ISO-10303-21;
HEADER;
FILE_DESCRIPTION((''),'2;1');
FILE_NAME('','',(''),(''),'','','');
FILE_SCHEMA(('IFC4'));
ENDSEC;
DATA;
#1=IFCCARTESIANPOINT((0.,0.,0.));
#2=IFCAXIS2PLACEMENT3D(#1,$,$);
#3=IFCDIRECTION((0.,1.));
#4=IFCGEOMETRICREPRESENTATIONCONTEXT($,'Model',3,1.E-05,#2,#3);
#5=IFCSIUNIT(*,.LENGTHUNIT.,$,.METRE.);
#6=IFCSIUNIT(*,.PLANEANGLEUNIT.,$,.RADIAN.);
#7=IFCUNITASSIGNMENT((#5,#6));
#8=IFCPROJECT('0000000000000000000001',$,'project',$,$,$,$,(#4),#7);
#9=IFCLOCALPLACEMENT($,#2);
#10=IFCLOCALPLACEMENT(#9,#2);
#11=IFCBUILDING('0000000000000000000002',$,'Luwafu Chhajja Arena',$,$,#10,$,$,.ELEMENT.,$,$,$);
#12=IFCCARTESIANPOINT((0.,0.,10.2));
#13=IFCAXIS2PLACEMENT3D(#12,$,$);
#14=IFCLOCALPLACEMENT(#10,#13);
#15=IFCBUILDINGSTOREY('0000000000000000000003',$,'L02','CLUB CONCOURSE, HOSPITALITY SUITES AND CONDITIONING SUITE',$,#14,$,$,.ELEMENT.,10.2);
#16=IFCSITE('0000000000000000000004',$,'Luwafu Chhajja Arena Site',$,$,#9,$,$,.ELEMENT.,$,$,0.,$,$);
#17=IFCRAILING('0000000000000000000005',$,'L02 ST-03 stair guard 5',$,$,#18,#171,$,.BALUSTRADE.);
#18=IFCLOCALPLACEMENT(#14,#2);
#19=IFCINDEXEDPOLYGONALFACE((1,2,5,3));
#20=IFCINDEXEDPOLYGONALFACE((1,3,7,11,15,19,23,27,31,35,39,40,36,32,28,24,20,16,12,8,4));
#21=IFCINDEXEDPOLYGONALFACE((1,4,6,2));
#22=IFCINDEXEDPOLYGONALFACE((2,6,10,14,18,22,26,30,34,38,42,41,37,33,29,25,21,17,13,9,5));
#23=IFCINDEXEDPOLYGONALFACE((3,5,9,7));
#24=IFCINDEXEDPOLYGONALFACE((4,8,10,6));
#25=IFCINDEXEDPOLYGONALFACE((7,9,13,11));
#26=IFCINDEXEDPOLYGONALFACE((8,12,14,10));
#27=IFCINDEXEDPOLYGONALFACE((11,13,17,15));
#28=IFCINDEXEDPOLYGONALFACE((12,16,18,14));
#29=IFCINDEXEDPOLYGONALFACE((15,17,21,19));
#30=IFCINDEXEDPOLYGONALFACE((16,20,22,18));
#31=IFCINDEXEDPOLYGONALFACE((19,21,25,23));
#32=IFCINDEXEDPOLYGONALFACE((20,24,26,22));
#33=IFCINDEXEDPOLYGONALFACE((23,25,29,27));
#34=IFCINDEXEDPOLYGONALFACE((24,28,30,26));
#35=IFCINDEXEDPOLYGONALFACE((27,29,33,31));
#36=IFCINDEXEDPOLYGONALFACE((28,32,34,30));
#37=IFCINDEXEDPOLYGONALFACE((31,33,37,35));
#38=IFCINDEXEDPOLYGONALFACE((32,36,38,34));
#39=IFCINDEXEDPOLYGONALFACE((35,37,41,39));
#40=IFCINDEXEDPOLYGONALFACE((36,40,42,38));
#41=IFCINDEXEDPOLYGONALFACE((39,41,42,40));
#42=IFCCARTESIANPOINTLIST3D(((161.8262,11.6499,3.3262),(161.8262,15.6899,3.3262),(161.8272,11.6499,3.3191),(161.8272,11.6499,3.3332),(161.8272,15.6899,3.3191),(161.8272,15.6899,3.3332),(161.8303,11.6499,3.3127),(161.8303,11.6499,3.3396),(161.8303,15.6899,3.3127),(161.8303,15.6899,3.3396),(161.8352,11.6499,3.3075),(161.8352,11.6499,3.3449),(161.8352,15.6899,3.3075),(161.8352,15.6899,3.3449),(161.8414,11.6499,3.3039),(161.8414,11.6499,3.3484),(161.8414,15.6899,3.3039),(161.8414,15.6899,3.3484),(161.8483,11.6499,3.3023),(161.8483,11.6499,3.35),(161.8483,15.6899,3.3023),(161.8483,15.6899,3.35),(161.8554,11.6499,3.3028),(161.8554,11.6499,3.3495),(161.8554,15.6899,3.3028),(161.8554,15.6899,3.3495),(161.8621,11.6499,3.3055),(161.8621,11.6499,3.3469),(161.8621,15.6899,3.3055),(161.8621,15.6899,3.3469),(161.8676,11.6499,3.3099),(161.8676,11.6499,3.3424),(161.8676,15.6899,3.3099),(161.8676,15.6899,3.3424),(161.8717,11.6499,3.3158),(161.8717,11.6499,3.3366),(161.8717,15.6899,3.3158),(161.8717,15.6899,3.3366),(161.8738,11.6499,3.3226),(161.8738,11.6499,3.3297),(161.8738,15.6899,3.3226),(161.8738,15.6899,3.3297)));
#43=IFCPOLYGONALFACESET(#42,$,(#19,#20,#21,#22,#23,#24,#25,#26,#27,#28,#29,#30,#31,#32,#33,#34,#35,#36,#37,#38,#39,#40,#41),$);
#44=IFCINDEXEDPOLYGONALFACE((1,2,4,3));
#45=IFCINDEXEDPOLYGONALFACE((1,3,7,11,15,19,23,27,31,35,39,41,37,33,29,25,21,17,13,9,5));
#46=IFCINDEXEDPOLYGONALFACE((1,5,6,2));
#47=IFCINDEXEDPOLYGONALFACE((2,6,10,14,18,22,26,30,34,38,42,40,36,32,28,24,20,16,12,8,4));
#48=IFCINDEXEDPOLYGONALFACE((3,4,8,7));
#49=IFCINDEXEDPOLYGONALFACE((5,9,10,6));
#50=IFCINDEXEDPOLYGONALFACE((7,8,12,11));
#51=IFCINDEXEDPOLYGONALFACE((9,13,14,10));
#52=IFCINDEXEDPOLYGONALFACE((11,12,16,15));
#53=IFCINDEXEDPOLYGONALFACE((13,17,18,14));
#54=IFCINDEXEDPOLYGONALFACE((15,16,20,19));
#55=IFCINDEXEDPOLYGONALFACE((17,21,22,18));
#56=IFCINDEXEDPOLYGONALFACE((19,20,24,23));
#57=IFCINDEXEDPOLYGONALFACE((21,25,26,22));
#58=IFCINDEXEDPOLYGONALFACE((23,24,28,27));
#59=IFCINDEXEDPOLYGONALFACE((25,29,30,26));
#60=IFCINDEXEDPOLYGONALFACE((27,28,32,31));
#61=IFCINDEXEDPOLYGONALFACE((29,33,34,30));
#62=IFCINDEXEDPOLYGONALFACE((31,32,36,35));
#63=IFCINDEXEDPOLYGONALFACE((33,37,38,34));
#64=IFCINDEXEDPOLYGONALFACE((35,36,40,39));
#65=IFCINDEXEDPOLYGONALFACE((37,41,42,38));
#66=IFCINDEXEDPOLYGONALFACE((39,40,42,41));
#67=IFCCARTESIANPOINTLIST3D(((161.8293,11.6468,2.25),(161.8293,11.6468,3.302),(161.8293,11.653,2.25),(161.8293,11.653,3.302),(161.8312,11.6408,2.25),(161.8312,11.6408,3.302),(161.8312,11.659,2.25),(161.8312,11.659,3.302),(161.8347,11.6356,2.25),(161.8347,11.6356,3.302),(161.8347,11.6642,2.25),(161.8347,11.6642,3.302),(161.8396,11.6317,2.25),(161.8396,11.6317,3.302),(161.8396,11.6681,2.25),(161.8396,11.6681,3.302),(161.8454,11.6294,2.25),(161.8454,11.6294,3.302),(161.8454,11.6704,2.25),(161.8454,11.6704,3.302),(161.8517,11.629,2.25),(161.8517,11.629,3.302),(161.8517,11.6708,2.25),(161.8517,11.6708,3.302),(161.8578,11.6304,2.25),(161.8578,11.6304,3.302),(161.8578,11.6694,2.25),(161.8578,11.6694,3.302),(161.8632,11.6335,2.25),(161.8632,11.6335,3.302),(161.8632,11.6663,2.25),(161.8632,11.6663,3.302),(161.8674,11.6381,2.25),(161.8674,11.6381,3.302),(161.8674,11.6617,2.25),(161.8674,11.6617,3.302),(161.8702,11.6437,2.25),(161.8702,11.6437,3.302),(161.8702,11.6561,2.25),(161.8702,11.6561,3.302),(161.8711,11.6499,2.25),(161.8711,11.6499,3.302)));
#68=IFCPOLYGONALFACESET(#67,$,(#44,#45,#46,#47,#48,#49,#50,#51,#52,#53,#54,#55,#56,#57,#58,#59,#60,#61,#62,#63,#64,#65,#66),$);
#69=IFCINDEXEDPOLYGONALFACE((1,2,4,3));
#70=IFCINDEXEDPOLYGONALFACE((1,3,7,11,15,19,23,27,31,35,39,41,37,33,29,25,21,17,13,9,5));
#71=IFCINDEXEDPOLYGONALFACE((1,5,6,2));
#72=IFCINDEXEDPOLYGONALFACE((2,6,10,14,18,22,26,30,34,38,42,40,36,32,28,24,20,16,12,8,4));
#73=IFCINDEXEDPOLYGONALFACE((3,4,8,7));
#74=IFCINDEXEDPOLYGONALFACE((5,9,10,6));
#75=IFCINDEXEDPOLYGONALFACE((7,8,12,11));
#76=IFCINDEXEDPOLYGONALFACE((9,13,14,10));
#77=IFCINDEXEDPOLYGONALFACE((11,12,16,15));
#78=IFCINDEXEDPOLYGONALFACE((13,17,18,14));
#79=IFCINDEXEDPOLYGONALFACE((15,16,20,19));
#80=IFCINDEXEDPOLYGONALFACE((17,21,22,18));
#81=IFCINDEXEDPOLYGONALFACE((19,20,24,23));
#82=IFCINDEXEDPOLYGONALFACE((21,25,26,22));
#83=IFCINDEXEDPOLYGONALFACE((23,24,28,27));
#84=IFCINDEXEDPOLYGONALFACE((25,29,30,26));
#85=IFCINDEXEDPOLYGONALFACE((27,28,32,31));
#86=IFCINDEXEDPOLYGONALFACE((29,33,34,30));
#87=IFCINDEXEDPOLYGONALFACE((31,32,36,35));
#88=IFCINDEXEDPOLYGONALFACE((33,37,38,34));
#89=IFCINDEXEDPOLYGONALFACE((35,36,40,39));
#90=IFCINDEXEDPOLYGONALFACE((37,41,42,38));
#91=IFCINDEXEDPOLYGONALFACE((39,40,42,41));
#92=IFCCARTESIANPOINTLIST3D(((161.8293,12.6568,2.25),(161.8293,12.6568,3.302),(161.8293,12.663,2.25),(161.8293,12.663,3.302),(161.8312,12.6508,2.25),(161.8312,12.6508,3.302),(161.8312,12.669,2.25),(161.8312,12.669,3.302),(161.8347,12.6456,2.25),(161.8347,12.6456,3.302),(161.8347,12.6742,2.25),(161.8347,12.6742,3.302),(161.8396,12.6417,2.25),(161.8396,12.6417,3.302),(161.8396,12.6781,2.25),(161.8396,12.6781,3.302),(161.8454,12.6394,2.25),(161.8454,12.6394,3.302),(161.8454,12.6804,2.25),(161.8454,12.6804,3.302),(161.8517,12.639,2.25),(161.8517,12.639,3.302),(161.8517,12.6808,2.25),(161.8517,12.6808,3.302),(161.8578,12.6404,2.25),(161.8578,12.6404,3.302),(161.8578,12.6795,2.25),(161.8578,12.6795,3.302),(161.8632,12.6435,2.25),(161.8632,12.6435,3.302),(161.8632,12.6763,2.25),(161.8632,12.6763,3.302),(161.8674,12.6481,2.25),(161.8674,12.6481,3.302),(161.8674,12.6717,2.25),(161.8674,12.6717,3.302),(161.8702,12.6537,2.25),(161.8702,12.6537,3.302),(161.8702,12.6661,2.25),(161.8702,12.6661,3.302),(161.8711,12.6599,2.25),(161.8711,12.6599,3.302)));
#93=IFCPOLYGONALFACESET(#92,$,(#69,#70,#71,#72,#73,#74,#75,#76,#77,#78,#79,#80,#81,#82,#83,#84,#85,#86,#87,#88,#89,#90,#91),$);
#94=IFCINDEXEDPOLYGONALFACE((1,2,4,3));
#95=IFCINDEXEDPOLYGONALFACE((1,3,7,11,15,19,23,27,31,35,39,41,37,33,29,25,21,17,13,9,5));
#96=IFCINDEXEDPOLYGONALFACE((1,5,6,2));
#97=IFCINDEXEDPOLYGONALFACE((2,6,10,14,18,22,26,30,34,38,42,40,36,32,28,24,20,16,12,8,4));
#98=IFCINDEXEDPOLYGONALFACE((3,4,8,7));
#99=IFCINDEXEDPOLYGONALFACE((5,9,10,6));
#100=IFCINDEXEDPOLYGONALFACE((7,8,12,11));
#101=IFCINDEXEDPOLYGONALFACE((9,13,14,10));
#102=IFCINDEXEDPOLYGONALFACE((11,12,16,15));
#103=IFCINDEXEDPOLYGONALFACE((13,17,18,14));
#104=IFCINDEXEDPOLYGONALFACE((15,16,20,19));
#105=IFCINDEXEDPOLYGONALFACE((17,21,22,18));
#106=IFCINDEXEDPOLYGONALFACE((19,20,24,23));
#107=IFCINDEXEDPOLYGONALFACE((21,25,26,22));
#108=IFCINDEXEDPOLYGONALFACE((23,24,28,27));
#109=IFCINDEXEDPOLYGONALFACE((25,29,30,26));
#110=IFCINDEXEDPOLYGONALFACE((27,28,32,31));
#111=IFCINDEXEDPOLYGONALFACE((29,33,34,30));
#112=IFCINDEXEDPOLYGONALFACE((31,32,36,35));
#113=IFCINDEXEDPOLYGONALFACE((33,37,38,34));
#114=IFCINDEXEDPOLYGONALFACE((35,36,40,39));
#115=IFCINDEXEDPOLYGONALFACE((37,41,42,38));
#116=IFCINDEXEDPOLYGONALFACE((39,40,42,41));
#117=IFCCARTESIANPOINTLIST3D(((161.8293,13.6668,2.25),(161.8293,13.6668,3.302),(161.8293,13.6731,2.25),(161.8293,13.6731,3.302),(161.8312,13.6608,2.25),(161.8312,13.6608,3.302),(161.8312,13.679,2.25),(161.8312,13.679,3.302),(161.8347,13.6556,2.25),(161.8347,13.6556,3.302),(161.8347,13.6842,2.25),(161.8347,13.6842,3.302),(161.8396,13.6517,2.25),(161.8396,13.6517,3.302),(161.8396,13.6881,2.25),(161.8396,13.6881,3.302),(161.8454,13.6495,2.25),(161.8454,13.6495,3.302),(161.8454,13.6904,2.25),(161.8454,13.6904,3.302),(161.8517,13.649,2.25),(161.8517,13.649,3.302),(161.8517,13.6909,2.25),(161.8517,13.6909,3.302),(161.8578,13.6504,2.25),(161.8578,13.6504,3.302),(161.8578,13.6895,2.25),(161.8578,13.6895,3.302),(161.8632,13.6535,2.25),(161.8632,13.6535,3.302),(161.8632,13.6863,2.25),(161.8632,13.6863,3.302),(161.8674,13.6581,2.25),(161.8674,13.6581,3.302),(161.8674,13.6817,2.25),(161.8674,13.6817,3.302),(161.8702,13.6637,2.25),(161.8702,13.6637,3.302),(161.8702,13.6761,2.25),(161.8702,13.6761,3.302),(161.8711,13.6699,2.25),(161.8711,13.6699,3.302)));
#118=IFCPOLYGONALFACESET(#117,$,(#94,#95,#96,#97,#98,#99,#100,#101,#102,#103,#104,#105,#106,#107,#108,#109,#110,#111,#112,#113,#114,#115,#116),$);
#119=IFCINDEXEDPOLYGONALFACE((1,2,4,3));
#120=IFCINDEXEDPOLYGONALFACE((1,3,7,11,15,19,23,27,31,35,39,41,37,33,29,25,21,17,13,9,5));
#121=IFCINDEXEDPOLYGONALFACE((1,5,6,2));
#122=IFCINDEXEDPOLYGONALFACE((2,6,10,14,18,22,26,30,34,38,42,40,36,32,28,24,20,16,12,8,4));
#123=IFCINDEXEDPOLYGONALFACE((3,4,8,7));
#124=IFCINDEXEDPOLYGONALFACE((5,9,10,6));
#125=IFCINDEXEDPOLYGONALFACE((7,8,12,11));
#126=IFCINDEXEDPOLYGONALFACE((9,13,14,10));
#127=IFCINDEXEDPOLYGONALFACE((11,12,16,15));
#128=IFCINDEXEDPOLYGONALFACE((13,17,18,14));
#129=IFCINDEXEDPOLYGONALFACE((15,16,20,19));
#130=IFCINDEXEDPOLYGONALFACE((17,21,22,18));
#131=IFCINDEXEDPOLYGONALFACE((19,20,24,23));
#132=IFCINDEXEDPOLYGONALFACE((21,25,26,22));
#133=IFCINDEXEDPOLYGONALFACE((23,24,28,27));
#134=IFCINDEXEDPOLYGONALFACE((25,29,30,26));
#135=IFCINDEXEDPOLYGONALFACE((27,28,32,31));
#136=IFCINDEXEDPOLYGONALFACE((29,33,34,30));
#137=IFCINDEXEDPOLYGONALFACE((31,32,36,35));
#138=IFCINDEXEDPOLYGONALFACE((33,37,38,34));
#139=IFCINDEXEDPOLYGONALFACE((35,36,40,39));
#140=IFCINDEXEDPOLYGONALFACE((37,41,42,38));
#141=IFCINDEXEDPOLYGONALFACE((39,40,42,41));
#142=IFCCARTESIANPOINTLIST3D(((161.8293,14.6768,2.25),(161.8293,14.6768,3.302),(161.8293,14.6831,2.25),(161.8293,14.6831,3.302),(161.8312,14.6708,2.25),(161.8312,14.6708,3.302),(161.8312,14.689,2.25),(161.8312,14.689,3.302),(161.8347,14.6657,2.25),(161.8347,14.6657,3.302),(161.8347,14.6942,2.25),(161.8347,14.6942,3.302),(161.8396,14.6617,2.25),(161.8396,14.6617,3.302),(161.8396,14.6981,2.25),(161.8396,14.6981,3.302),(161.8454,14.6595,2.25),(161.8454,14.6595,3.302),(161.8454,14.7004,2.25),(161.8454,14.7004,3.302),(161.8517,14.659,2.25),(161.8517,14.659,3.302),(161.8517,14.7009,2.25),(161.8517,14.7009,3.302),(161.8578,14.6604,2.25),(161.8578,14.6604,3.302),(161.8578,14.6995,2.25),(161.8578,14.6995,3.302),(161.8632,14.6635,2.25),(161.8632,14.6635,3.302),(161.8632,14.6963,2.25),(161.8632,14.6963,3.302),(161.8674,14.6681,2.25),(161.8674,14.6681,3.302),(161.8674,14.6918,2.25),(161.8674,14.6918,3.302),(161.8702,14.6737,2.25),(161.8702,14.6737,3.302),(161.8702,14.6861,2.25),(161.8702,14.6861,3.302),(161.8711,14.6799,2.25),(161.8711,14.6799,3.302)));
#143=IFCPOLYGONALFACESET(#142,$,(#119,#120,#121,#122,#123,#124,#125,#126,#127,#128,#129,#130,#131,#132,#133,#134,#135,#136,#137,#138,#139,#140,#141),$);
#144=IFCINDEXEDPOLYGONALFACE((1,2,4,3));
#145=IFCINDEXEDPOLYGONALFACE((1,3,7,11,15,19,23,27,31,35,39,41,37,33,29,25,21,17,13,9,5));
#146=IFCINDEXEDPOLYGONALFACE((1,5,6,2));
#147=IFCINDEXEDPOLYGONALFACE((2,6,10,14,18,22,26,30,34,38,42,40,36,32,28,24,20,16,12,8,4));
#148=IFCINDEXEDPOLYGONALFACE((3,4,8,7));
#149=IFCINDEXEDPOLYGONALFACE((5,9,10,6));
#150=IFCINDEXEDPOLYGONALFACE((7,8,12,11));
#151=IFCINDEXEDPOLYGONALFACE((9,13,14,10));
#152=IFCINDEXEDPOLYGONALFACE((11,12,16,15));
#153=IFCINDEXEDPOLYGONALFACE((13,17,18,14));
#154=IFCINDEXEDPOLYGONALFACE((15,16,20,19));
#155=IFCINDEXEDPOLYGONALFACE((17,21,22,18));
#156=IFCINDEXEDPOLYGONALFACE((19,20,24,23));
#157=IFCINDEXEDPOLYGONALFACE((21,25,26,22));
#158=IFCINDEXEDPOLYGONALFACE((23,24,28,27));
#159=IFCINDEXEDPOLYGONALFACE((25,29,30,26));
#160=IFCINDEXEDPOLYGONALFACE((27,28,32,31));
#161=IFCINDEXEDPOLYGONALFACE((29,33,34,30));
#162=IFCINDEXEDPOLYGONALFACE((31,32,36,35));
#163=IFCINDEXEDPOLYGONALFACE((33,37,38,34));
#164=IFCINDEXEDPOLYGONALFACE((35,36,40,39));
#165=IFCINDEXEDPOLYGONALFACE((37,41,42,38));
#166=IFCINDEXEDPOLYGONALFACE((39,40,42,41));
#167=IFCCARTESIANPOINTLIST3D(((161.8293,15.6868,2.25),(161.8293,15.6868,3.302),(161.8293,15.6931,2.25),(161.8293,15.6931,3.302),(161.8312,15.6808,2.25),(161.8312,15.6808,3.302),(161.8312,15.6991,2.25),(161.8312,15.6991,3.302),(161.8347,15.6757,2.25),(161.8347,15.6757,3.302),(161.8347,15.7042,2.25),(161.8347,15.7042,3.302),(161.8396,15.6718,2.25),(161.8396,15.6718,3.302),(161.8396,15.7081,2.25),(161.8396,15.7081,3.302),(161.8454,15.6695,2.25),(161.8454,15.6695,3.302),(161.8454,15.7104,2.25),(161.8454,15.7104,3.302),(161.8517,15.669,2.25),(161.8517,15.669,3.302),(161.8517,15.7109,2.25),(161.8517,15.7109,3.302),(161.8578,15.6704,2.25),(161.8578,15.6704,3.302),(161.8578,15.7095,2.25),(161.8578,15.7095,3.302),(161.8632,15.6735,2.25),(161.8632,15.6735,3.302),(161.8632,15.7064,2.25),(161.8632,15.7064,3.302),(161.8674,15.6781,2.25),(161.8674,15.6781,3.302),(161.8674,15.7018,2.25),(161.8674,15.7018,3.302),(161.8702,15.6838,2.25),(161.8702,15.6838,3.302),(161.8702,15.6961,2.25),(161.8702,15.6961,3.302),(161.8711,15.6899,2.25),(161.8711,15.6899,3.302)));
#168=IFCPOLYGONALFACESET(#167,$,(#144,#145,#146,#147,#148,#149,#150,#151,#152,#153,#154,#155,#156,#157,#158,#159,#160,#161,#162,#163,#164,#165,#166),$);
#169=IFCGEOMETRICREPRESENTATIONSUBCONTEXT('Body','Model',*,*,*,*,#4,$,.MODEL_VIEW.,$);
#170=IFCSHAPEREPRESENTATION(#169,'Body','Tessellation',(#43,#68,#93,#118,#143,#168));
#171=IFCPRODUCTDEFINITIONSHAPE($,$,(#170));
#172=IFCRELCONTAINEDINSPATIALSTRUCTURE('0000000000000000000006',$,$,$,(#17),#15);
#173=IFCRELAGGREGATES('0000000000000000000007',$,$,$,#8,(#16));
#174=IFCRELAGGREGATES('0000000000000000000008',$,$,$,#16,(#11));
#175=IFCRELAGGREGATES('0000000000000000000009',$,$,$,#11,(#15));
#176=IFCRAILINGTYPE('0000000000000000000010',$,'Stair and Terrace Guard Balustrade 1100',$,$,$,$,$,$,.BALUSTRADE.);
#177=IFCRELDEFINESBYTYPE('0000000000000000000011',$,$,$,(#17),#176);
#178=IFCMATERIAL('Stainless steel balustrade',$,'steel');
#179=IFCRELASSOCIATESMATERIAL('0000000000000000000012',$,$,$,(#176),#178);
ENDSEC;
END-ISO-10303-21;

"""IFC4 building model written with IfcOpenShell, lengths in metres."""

from ifc_helpers import new_model, si_unit, direction, frame, origin, origin_2d, place, context, subcontext, project, spatial, circle, extrude, material, type_object, element, save


model = new_model("IFC4")

# Units and contexts
model_context = context("Model", 3, precision=1e-05, world=origin(), true_north=direction((0.0, 1.0)))
body_context = subcontext(model_context, "Body", "Model", "MODEL_VIEW")
ifc_project = project(units=[si_unit("LENGTHUNIT", "METRE"), si_unit("PLANEANGLEUNIT", "RADIAN")], contexts=[model_context])

# Site, building, storey
site_placement = place(None, origin())
site = spatial("IfcSite", under=ifc_project, at=site_placement, Name="Luwafu Chhajja Arena Site", CompositionType="ELEMENT", RefElevation=0.0)
building_placement = place(site_placement, origin())
building = spatial("IfcBuilding", under=site, at=building_placement, Name="Luwafu Chhajja Arena", CompositionType="ELEMENT")
storey_placement = place(building_placement, frame((0.0, 0.0, 10.2)))
storey = spatial("IfcBuildingStorey", under=building, at=storey_placement, Name="L02", Description="CLUB CONCOURSE, HOSPITALITY SUITES AND CONDITIONING SUITE", CompositionType="ELEMENT", Elevation=10.2)

# Railing
ifc_material_1 = material(Name="Stainless steel balustrade", Category="steel")
railing_type_1 = type_object("IfcRailingType", Name="Stair and Terrace Guard Balustrade 1100", PredefinedType="BALUSTRADE", material=ifc_material_1)
railing_1_placement = place(storey_placement, frame((161.8501, 11.6499, 2.25)))
element("IfcRailing", 1, at=railing_1_placement, inside=storey, type_object=railing_type_1, Name="L02 ST-03 stair guard 5", PredefinedType="BALUSTRADE", context=body_context, shape_type="SweptSolid", body=[
    extrude(circle(Radius=0.0239, at=origin_2d()), frame((0.0, 0.0, 1.0762), z_axis=(0.0, 1.0, 0.0), x_axis=(-1.0, 0.0, 0.0)), (0.0, 0.0, 1.0), 4.04),
    extrude(circle(Radius=0.021, at=origin_2d()), origin(), (0.0, 0.0, 1.0), 1.052),
    extrude(circle(Radius=0.021, at=origin_2d()), frame((0.0, 1.01, 0.0)), (0.0, 0.0, 1.0), 1.052),
    extrude(circle(Radius=0.021, at=origin_2d()), frame((0.0, 2.02, 0.0)), (0.0, 0.0, 1.0), 1.052),
    extrude(circle(Radius=0.021, at=origin_2d()), frame((0.0, 3.03, 0.0)), (0.0, 0.0, 1.0), 1.052),
    extrude(circle(Radius=0.021, at=origin_2d()), frame((0.0, 4.04, 0.0)), (0.0, 0.0, 1.0), 1.052),
])

save(model, "model.ifc")
